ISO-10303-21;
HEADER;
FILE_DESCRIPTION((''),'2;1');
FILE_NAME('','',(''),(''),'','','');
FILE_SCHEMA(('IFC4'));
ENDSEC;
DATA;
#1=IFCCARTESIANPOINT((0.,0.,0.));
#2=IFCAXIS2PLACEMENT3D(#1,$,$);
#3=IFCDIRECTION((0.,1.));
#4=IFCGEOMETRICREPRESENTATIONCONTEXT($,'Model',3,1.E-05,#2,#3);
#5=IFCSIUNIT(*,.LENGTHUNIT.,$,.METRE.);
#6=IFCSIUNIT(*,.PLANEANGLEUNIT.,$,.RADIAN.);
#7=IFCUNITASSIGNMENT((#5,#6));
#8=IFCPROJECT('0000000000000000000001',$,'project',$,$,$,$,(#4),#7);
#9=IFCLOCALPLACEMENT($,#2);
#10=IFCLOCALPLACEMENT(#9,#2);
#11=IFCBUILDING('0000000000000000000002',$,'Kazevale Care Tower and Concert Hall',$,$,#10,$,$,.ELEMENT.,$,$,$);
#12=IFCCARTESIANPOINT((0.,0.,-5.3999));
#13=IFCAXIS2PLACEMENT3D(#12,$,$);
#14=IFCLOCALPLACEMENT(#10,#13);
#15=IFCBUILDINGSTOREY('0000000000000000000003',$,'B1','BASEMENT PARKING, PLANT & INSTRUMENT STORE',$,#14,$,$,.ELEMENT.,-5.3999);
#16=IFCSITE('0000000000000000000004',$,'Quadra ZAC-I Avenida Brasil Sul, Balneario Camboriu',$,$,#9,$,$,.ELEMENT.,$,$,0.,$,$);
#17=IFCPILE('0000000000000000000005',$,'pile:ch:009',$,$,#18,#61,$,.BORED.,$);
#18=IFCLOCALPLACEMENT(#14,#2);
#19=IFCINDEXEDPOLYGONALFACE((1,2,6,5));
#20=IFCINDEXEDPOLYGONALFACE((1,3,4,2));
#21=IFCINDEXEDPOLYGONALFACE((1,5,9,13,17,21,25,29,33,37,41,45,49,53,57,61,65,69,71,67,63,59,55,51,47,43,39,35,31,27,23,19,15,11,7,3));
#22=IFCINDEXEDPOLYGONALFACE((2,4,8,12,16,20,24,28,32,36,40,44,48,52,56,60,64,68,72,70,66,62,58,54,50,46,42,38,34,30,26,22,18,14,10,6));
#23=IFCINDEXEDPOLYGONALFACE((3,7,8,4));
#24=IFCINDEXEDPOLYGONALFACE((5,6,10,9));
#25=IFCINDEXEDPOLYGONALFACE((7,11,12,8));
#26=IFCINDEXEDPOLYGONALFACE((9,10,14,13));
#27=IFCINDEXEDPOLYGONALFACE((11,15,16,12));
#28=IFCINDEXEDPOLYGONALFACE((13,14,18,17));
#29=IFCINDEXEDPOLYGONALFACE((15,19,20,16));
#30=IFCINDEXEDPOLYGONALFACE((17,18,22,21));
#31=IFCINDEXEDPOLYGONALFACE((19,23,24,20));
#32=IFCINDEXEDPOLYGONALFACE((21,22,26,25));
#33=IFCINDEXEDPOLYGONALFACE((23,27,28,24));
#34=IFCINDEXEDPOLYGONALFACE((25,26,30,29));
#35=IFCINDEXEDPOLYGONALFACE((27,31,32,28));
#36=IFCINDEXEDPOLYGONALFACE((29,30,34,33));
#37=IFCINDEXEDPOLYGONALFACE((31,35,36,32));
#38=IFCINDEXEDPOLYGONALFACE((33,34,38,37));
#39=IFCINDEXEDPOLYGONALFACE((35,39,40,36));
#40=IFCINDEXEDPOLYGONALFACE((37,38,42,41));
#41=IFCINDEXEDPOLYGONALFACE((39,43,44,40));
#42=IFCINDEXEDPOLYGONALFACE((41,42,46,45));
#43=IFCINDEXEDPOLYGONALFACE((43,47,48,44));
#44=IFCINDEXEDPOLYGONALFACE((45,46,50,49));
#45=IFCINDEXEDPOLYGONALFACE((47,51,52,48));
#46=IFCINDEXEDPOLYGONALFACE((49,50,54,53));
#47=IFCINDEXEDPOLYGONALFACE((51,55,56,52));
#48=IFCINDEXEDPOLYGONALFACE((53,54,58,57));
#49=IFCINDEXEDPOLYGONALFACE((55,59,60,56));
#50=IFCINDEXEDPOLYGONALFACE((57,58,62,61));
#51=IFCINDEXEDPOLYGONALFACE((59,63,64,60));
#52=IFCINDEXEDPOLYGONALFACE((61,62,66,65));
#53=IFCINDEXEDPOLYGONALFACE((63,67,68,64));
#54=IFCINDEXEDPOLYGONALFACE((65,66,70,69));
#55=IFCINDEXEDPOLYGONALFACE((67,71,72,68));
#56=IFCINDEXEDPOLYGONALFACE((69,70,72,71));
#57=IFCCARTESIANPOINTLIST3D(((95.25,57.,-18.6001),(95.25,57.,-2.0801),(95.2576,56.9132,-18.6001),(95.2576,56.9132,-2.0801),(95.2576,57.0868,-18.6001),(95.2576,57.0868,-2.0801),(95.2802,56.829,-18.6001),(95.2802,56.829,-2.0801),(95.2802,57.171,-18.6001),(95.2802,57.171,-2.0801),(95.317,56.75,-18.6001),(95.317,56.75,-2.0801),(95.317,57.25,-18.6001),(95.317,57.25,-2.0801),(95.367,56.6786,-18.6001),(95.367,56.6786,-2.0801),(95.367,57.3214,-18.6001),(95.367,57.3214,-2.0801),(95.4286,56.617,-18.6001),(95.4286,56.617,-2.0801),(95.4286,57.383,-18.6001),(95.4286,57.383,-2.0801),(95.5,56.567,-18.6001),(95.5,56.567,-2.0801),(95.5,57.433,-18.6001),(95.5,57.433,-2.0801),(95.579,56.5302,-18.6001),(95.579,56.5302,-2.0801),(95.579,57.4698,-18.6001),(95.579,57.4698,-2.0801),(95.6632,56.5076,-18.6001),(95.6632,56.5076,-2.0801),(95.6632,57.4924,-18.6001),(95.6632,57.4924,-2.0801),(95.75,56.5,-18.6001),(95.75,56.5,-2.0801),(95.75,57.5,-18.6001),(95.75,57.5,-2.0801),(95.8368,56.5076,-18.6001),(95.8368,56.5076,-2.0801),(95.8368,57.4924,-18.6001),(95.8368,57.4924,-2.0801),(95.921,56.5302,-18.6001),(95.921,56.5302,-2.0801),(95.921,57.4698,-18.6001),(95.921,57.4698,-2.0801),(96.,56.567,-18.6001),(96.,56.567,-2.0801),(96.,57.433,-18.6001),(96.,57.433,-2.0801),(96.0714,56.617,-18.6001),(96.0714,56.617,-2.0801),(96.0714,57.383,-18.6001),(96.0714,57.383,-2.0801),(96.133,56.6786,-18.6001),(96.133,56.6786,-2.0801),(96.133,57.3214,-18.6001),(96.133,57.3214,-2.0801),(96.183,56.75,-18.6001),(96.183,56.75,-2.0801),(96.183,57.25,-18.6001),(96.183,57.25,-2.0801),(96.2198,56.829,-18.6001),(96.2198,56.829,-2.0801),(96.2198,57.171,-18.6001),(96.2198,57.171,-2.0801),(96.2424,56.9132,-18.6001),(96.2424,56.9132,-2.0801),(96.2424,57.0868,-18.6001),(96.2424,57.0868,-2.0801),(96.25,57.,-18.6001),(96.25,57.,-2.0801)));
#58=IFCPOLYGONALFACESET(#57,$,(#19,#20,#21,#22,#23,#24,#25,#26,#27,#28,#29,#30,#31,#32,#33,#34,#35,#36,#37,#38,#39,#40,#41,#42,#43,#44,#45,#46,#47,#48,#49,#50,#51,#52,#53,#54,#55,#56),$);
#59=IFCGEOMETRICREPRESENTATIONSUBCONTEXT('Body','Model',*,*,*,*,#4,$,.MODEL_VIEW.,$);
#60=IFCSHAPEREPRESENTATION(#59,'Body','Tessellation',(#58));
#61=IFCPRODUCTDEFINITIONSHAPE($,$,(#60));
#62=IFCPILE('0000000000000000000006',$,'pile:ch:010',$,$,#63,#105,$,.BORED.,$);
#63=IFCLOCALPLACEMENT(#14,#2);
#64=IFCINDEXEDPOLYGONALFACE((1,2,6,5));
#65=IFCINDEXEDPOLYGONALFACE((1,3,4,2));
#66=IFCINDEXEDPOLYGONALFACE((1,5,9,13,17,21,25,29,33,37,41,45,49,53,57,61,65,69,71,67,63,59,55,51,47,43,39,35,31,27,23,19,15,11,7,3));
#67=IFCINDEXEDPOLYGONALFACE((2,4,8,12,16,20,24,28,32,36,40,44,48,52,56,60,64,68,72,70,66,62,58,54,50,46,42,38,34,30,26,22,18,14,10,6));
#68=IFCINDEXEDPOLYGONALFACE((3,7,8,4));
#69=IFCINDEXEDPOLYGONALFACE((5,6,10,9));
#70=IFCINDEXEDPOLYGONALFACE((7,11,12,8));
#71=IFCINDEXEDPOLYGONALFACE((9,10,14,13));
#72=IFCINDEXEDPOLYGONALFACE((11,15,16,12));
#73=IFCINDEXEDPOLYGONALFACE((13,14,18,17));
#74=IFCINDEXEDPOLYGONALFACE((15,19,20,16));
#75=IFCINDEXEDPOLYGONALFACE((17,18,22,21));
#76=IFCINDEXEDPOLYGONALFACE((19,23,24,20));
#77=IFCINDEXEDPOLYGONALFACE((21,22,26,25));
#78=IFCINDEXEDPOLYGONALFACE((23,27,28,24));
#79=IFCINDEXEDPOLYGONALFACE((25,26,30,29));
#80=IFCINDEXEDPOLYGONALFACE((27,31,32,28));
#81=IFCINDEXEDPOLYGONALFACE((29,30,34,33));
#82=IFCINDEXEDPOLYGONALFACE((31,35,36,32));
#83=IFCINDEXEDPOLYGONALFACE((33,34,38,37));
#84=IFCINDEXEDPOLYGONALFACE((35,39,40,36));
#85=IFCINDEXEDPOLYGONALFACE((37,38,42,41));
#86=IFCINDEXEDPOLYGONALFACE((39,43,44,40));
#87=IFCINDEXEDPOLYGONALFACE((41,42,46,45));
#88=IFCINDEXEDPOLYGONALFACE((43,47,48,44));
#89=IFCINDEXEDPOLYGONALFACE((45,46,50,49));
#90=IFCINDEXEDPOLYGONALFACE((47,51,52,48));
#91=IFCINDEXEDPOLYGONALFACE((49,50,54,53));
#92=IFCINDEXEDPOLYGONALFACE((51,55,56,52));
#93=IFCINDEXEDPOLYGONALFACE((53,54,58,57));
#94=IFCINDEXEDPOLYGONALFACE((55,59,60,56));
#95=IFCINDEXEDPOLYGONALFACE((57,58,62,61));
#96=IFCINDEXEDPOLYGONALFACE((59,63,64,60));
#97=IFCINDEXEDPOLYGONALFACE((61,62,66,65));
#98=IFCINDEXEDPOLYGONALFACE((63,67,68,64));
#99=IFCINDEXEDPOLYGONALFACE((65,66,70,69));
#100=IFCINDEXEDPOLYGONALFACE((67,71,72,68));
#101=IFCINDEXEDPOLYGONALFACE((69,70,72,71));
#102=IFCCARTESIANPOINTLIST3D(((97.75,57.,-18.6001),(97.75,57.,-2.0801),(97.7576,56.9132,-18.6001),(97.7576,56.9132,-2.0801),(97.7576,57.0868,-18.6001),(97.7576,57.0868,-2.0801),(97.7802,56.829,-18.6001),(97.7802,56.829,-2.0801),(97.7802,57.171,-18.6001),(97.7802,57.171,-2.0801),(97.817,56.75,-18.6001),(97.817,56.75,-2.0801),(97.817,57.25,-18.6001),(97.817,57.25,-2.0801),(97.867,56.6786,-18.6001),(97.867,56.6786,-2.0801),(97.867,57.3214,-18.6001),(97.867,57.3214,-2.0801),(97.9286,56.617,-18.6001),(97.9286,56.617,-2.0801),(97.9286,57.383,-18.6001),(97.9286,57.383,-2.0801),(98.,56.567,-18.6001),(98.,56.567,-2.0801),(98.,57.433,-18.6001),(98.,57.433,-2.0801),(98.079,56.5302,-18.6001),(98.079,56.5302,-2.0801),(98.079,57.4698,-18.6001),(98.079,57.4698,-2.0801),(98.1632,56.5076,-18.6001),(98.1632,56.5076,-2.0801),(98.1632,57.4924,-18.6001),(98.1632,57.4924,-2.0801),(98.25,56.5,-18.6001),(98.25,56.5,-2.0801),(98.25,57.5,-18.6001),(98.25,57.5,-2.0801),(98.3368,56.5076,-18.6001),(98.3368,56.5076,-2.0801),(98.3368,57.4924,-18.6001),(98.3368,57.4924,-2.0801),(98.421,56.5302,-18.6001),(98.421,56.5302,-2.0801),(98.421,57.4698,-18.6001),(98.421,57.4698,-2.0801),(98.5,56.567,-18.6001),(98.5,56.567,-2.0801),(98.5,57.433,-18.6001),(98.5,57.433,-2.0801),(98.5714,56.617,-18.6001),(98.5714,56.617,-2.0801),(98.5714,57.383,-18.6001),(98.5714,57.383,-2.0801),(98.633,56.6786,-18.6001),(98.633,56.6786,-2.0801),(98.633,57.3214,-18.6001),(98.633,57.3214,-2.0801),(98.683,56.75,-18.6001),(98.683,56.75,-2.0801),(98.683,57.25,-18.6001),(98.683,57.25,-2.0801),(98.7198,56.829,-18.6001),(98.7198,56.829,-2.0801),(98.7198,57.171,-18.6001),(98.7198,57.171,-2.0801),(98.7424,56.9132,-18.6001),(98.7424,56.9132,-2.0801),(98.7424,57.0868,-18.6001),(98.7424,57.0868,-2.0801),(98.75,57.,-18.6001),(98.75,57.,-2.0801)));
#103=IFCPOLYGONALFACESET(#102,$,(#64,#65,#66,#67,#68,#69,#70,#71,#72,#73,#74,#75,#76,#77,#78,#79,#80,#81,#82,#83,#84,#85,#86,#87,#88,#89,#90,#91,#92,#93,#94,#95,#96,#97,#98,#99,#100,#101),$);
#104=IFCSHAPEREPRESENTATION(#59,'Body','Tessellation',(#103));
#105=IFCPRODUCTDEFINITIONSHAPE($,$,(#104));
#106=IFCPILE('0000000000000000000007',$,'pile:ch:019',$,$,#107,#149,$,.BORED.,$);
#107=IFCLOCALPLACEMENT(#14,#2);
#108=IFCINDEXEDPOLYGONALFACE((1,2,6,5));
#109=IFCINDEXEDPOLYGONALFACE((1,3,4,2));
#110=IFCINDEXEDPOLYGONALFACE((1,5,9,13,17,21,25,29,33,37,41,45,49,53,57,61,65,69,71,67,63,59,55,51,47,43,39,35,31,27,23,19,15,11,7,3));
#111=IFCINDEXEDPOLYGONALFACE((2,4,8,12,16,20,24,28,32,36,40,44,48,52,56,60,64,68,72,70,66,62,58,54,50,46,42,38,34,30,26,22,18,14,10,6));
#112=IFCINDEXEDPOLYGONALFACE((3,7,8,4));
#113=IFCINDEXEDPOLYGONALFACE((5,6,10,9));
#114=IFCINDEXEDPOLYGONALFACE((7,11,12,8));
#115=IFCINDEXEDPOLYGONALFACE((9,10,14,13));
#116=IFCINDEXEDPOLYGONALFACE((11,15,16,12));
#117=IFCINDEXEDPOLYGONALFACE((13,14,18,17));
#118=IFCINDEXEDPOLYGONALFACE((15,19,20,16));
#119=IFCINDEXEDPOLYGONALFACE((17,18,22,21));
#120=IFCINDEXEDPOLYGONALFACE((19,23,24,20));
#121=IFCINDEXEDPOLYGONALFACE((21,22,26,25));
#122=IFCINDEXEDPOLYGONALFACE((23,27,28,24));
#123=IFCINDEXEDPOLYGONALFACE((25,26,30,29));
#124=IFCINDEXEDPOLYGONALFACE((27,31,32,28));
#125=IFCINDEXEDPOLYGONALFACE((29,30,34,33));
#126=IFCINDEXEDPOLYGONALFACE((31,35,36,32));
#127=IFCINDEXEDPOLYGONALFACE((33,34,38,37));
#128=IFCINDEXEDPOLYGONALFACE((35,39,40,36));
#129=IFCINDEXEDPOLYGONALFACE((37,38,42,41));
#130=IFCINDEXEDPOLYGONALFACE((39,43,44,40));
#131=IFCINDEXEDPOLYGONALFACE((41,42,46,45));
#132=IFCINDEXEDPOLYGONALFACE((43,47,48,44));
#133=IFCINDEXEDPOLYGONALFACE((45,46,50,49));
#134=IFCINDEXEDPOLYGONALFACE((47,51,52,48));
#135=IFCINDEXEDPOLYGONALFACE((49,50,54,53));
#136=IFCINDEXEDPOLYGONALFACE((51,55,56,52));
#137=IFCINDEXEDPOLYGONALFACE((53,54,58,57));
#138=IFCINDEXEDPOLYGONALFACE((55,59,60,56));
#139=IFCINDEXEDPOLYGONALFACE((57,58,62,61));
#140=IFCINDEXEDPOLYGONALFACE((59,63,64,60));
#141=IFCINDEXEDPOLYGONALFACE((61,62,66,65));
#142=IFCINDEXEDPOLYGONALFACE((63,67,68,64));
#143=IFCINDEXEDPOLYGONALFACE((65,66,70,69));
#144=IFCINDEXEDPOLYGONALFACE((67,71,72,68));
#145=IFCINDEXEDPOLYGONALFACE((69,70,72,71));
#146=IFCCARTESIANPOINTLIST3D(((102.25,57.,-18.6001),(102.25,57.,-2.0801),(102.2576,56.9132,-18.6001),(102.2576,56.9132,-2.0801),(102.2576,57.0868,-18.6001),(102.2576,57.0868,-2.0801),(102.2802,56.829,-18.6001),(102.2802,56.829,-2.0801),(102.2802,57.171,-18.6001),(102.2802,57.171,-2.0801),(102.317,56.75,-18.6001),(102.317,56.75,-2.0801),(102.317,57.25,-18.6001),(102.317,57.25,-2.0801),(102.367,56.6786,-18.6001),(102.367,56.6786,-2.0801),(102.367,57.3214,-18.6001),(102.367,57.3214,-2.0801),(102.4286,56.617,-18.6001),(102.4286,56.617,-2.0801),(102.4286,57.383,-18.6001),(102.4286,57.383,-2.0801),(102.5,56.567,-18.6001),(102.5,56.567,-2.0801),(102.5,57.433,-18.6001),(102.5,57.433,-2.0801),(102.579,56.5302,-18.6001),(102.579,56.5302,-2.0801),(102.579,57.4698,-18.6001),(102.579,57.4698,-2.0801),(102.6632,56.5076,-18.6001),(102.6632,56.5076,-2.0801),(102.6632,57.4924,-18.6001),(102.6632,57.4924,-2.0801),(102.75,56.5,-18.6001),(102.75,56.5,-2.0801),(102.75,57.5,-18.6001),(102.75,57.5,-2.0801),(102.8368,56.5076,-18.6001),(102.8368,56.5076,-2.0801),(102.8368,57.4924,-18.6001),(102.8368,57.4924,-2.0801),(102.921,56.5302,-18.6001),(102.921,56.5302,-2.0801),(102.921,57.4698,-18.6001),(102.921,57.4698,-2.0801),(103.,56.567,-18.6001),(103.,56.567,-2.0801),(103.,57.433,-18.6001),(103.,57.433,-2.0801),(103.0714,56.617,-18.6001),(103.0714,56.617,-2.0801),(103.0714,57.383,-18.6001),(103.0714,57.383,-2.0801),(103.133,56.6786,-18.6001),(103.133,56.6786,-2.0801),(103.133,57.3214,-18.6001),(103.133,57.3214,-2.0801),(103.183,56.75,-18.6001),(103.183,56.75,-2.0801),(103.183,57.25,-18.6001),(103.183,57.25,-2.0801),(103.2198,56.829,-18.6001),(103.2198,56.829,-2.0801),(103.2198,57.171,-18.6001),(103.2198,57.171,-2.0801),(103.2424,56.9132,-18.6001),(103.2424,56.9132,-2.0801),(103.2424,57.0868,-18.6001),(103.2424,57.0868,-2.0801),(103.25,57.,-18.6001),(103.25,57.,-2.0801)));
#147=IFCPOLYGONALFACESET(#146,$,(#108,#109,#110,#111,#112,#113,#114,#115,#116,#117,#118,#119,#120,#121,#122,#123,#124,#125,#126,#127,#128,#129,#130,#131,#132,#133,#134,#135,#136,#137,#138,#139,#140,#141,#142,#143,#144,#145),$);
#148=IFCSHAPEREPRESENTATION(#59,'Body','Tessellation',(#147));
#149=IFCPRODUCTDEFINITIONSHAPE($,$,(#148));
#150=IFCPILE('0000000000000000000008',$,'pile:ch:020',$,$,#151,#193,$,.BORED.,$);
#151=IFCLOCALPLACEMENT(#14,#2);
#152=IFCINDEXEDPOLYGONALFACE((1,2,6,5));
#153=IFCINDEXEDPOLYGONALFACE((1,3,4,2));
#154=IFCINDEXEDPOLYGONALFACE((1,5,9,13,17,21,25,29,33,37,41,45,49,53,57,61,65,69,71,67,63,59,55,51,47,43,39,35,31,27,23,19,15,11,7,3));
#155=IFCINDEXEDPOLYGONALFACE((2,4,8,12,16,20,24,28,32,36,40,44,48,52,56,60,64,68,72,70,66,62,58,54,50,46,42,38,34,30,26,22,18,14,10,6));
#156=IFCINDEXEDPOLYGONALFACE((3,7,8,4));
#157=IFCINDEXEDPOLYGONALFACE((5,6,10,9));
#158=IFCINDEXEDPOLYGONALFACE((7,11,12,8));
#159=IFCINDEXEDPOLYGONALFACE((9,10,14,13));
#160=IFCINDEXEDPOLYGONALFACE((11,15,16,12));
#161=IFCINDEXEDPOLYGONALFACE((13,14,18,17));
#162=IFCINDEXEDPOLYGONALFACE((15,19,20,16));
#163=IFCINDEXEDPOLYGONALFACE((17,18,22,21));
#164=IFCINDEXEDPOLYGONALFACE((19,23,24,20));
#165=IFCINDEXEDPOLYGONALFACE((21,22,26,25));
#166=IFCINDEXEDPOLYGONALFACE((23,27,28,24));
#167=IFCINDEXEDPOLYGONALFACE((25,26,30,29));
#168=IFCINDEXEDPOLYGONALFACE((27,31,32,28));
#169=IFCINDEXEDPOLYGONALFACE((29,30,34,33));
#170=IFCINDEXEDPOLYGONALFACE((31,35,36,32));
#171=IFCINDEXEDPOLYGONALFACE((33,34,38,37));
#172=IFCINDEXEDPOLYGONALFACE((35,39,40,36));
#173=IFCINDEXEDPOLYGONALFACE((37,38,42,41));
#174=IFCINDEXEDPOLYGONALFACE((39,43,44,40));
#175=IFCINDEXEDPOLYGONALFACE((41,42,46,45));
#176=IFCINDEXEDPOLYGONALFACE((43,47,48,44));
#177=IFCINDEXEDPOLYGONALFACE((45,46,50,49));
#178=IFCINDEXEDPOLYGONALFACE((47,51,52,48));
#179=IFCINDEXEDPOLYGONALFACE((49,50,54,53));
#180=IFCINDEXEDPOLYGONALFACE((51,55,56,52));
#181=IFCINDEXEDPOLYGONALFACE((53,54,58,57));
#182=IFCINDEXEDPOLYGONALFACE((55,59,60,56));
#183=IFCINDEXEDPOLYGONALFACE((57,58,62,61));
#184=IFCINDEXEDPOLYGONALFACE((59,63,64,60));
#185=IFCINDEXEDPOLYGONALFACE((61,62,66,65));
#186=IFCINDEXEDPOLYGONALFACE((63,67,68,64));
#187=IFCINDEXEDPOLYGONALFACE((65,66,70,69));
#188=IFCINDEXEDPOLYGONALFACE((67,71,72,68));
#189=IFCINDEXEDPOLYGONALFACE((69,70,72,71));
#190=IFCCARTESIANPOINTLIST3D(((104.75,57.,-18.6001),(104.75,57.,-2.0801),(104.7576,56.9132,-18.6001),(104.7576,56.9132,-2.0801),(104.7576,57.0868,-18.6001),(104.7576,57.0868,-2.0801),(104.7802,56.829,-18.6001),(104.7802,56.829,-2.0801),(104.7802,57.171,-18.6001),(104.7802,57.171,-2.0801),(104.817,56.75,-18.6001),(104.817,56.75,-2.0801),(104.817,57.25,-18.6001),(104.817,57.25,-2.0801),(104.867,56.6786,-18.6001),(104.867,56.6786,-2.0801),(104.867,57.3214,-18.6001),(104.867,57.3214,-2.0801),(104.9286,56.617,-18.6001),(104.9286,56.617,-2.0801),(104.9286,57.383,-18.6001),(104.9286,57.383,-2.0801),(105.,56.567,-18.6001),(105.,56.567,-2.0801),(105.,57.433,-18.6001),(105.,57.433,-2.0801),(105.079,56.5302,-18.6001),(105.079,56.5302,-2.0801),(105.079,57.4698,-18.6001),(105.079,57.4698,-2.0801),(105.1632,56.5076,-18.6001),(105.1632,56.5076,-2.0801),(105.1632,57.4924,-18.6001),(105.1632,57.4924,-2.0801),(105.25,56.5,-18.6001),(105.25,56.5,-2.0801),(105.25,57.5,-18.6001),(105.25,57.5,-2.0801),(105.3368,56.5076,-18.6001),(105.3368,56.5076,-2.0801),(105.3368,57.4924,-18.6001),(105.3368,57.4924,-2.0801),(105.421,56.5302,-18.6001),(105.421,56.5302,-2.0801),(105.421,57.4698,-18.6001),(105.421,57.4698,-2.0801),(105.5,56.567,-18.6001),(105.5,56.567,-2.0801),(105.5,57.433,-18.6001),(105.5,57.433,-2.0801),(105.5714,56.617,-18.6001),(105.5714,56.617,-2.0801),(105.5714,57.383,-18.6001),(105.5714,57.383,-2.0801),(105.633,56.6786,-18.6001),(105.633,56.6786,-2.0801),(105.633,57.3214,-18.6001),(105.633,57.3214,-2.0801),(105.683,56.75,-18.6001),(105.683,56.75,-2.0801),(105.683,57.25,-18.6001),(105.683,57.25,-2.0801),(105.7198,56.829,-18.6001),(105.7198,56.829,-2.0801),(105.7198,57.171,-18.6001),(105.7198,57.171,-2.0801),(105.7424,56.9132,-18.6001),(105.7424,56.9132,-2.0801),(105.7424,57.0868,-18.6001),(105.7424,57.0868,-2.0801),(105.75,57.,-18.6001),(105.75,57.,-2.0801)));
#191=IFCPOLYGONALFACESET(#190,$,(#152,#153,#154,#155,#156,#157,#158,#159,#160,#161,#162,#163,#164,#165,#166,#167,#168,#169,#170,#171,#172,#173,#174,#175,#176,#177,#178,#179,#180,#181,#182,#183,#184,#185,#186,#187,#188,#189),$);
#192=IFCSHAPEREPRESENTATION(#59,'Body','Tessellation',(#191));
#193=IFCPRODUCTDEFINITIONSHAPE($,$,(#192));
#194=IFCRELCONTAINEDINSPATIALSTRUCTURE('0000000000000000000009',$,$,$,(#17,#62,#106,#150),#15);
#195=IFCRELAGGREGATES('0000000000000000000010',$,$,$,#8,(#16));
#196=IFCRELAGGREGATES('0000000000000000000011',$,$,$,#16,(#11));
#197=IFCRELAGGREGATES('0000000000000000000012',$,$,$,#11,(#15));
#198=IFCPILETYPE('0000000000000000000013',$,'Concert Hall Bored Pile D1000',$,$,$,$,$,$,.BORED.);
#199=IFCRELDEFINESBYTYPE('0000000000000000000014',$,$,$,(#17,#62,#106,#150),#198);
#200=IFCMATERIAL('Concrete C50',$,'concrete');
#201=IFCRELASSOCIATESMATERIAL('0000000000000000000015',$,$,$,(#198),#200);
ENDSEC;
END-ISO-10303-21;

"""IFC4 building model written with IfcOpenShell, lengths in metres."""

from ifc_helpers import new_model, si_unit, direction, frame, origin, origin_2d, place, context, subcontext, project, spatial, circle, extrude, material, material_profile, profile_set, type_object, element, save


model = new_model("IFC4")

# Units and contexts
model_context = context("Model", 3, precision=1e-05, world=origin(), true_north=direction((0.0, 1.0)))
body_context = subcontext(model_context, "Body", "Model", "MODEL_VIEW")
ifc_project = project(units=[si_unit("LENGTHUNIT", "METRE"), si_unit("PLANEANGLEUNIT", "RADIAN")], contexts=[model_context])

# Site, building, storey
site_placement = place(None, origin())
site = spatial("IfcSite", under=ifc_project, at=site_placement, Name="Quadra ZAC-I Avenida Brasil Sul, Balneario Camboriu", CompositionType="ELEMENT", RefElevation=0.0)
building_placement = place(site_placement, origin())
building = spatial("IfcBuilding", under=site, at=building_placement, Name="Kazevale Care Tower and Concert Hall", CompositionType="ELEMENT")
storey_placement = place(building_placement, frame((0.0, 0.0, -5.3999)))
storey = spatial("IfcBuildingStorey", under=building, at=storey_placement, Name="B1", Description="BASEMENT PARKING, PLANT & INSTRUMENT STORE", CompositionType="ELEMENT", Elevation=-5.3999)

# Piles
ifc_material_1 = material(Name="Concrete C50", Category="concrete")
ifc_material_profile_1 = material_profile(ifc_material_1, circle(Radius=0.5, at=origin_2d()), Name="PILE-D1000")
ifc_profile_set_1 = profile_set([ifc_material_profile_1], Name="Concrete C50")
pile_type = type_object("IfcPileType", Name="Concert Hall Bored Pile D1000", PredefinedType="BORED", material=ifc_profile_set_1)
for number, where, z_axis, x_axis, name in (
    (1, (95.75, 57.0, -2.0801), (0.0, 0.0, -1.0), (1.0, 0.0, 0.0), "pile:ch:009"),
    (2, (98.25, 57.0, -2.0801), (0.0, 0.0, -1.0), (1.0, 0.0, 0.0), "pile:ch:010"),
    (3, (102.75, 57.0, -2.0801), (0.0, 0.0, -1.0), (1.0, 0.0, 0.0), "pile:ch:019"),
    (4, (105.25, 57.0, -2.0801), (0.0, 0.0, -1.0), (1.0, 0.0, 0.0), "pile:ch:020"),
):
    element("IfcPile", number, at=place(storey_placement, frame(where, z_axis=z_axis, x_axis=x_axis)), inside=storey, type_object=pile_type, Name=name, PredefinedType="BORED", context=body_context, shape_type="SweptSolid", body=[
        extrude(circle(Radius=0.5, at=origin_2d()), origin(), (0.0, 0.0, 1.0), 16.52),
    ])

save(model, "model.ifc")
